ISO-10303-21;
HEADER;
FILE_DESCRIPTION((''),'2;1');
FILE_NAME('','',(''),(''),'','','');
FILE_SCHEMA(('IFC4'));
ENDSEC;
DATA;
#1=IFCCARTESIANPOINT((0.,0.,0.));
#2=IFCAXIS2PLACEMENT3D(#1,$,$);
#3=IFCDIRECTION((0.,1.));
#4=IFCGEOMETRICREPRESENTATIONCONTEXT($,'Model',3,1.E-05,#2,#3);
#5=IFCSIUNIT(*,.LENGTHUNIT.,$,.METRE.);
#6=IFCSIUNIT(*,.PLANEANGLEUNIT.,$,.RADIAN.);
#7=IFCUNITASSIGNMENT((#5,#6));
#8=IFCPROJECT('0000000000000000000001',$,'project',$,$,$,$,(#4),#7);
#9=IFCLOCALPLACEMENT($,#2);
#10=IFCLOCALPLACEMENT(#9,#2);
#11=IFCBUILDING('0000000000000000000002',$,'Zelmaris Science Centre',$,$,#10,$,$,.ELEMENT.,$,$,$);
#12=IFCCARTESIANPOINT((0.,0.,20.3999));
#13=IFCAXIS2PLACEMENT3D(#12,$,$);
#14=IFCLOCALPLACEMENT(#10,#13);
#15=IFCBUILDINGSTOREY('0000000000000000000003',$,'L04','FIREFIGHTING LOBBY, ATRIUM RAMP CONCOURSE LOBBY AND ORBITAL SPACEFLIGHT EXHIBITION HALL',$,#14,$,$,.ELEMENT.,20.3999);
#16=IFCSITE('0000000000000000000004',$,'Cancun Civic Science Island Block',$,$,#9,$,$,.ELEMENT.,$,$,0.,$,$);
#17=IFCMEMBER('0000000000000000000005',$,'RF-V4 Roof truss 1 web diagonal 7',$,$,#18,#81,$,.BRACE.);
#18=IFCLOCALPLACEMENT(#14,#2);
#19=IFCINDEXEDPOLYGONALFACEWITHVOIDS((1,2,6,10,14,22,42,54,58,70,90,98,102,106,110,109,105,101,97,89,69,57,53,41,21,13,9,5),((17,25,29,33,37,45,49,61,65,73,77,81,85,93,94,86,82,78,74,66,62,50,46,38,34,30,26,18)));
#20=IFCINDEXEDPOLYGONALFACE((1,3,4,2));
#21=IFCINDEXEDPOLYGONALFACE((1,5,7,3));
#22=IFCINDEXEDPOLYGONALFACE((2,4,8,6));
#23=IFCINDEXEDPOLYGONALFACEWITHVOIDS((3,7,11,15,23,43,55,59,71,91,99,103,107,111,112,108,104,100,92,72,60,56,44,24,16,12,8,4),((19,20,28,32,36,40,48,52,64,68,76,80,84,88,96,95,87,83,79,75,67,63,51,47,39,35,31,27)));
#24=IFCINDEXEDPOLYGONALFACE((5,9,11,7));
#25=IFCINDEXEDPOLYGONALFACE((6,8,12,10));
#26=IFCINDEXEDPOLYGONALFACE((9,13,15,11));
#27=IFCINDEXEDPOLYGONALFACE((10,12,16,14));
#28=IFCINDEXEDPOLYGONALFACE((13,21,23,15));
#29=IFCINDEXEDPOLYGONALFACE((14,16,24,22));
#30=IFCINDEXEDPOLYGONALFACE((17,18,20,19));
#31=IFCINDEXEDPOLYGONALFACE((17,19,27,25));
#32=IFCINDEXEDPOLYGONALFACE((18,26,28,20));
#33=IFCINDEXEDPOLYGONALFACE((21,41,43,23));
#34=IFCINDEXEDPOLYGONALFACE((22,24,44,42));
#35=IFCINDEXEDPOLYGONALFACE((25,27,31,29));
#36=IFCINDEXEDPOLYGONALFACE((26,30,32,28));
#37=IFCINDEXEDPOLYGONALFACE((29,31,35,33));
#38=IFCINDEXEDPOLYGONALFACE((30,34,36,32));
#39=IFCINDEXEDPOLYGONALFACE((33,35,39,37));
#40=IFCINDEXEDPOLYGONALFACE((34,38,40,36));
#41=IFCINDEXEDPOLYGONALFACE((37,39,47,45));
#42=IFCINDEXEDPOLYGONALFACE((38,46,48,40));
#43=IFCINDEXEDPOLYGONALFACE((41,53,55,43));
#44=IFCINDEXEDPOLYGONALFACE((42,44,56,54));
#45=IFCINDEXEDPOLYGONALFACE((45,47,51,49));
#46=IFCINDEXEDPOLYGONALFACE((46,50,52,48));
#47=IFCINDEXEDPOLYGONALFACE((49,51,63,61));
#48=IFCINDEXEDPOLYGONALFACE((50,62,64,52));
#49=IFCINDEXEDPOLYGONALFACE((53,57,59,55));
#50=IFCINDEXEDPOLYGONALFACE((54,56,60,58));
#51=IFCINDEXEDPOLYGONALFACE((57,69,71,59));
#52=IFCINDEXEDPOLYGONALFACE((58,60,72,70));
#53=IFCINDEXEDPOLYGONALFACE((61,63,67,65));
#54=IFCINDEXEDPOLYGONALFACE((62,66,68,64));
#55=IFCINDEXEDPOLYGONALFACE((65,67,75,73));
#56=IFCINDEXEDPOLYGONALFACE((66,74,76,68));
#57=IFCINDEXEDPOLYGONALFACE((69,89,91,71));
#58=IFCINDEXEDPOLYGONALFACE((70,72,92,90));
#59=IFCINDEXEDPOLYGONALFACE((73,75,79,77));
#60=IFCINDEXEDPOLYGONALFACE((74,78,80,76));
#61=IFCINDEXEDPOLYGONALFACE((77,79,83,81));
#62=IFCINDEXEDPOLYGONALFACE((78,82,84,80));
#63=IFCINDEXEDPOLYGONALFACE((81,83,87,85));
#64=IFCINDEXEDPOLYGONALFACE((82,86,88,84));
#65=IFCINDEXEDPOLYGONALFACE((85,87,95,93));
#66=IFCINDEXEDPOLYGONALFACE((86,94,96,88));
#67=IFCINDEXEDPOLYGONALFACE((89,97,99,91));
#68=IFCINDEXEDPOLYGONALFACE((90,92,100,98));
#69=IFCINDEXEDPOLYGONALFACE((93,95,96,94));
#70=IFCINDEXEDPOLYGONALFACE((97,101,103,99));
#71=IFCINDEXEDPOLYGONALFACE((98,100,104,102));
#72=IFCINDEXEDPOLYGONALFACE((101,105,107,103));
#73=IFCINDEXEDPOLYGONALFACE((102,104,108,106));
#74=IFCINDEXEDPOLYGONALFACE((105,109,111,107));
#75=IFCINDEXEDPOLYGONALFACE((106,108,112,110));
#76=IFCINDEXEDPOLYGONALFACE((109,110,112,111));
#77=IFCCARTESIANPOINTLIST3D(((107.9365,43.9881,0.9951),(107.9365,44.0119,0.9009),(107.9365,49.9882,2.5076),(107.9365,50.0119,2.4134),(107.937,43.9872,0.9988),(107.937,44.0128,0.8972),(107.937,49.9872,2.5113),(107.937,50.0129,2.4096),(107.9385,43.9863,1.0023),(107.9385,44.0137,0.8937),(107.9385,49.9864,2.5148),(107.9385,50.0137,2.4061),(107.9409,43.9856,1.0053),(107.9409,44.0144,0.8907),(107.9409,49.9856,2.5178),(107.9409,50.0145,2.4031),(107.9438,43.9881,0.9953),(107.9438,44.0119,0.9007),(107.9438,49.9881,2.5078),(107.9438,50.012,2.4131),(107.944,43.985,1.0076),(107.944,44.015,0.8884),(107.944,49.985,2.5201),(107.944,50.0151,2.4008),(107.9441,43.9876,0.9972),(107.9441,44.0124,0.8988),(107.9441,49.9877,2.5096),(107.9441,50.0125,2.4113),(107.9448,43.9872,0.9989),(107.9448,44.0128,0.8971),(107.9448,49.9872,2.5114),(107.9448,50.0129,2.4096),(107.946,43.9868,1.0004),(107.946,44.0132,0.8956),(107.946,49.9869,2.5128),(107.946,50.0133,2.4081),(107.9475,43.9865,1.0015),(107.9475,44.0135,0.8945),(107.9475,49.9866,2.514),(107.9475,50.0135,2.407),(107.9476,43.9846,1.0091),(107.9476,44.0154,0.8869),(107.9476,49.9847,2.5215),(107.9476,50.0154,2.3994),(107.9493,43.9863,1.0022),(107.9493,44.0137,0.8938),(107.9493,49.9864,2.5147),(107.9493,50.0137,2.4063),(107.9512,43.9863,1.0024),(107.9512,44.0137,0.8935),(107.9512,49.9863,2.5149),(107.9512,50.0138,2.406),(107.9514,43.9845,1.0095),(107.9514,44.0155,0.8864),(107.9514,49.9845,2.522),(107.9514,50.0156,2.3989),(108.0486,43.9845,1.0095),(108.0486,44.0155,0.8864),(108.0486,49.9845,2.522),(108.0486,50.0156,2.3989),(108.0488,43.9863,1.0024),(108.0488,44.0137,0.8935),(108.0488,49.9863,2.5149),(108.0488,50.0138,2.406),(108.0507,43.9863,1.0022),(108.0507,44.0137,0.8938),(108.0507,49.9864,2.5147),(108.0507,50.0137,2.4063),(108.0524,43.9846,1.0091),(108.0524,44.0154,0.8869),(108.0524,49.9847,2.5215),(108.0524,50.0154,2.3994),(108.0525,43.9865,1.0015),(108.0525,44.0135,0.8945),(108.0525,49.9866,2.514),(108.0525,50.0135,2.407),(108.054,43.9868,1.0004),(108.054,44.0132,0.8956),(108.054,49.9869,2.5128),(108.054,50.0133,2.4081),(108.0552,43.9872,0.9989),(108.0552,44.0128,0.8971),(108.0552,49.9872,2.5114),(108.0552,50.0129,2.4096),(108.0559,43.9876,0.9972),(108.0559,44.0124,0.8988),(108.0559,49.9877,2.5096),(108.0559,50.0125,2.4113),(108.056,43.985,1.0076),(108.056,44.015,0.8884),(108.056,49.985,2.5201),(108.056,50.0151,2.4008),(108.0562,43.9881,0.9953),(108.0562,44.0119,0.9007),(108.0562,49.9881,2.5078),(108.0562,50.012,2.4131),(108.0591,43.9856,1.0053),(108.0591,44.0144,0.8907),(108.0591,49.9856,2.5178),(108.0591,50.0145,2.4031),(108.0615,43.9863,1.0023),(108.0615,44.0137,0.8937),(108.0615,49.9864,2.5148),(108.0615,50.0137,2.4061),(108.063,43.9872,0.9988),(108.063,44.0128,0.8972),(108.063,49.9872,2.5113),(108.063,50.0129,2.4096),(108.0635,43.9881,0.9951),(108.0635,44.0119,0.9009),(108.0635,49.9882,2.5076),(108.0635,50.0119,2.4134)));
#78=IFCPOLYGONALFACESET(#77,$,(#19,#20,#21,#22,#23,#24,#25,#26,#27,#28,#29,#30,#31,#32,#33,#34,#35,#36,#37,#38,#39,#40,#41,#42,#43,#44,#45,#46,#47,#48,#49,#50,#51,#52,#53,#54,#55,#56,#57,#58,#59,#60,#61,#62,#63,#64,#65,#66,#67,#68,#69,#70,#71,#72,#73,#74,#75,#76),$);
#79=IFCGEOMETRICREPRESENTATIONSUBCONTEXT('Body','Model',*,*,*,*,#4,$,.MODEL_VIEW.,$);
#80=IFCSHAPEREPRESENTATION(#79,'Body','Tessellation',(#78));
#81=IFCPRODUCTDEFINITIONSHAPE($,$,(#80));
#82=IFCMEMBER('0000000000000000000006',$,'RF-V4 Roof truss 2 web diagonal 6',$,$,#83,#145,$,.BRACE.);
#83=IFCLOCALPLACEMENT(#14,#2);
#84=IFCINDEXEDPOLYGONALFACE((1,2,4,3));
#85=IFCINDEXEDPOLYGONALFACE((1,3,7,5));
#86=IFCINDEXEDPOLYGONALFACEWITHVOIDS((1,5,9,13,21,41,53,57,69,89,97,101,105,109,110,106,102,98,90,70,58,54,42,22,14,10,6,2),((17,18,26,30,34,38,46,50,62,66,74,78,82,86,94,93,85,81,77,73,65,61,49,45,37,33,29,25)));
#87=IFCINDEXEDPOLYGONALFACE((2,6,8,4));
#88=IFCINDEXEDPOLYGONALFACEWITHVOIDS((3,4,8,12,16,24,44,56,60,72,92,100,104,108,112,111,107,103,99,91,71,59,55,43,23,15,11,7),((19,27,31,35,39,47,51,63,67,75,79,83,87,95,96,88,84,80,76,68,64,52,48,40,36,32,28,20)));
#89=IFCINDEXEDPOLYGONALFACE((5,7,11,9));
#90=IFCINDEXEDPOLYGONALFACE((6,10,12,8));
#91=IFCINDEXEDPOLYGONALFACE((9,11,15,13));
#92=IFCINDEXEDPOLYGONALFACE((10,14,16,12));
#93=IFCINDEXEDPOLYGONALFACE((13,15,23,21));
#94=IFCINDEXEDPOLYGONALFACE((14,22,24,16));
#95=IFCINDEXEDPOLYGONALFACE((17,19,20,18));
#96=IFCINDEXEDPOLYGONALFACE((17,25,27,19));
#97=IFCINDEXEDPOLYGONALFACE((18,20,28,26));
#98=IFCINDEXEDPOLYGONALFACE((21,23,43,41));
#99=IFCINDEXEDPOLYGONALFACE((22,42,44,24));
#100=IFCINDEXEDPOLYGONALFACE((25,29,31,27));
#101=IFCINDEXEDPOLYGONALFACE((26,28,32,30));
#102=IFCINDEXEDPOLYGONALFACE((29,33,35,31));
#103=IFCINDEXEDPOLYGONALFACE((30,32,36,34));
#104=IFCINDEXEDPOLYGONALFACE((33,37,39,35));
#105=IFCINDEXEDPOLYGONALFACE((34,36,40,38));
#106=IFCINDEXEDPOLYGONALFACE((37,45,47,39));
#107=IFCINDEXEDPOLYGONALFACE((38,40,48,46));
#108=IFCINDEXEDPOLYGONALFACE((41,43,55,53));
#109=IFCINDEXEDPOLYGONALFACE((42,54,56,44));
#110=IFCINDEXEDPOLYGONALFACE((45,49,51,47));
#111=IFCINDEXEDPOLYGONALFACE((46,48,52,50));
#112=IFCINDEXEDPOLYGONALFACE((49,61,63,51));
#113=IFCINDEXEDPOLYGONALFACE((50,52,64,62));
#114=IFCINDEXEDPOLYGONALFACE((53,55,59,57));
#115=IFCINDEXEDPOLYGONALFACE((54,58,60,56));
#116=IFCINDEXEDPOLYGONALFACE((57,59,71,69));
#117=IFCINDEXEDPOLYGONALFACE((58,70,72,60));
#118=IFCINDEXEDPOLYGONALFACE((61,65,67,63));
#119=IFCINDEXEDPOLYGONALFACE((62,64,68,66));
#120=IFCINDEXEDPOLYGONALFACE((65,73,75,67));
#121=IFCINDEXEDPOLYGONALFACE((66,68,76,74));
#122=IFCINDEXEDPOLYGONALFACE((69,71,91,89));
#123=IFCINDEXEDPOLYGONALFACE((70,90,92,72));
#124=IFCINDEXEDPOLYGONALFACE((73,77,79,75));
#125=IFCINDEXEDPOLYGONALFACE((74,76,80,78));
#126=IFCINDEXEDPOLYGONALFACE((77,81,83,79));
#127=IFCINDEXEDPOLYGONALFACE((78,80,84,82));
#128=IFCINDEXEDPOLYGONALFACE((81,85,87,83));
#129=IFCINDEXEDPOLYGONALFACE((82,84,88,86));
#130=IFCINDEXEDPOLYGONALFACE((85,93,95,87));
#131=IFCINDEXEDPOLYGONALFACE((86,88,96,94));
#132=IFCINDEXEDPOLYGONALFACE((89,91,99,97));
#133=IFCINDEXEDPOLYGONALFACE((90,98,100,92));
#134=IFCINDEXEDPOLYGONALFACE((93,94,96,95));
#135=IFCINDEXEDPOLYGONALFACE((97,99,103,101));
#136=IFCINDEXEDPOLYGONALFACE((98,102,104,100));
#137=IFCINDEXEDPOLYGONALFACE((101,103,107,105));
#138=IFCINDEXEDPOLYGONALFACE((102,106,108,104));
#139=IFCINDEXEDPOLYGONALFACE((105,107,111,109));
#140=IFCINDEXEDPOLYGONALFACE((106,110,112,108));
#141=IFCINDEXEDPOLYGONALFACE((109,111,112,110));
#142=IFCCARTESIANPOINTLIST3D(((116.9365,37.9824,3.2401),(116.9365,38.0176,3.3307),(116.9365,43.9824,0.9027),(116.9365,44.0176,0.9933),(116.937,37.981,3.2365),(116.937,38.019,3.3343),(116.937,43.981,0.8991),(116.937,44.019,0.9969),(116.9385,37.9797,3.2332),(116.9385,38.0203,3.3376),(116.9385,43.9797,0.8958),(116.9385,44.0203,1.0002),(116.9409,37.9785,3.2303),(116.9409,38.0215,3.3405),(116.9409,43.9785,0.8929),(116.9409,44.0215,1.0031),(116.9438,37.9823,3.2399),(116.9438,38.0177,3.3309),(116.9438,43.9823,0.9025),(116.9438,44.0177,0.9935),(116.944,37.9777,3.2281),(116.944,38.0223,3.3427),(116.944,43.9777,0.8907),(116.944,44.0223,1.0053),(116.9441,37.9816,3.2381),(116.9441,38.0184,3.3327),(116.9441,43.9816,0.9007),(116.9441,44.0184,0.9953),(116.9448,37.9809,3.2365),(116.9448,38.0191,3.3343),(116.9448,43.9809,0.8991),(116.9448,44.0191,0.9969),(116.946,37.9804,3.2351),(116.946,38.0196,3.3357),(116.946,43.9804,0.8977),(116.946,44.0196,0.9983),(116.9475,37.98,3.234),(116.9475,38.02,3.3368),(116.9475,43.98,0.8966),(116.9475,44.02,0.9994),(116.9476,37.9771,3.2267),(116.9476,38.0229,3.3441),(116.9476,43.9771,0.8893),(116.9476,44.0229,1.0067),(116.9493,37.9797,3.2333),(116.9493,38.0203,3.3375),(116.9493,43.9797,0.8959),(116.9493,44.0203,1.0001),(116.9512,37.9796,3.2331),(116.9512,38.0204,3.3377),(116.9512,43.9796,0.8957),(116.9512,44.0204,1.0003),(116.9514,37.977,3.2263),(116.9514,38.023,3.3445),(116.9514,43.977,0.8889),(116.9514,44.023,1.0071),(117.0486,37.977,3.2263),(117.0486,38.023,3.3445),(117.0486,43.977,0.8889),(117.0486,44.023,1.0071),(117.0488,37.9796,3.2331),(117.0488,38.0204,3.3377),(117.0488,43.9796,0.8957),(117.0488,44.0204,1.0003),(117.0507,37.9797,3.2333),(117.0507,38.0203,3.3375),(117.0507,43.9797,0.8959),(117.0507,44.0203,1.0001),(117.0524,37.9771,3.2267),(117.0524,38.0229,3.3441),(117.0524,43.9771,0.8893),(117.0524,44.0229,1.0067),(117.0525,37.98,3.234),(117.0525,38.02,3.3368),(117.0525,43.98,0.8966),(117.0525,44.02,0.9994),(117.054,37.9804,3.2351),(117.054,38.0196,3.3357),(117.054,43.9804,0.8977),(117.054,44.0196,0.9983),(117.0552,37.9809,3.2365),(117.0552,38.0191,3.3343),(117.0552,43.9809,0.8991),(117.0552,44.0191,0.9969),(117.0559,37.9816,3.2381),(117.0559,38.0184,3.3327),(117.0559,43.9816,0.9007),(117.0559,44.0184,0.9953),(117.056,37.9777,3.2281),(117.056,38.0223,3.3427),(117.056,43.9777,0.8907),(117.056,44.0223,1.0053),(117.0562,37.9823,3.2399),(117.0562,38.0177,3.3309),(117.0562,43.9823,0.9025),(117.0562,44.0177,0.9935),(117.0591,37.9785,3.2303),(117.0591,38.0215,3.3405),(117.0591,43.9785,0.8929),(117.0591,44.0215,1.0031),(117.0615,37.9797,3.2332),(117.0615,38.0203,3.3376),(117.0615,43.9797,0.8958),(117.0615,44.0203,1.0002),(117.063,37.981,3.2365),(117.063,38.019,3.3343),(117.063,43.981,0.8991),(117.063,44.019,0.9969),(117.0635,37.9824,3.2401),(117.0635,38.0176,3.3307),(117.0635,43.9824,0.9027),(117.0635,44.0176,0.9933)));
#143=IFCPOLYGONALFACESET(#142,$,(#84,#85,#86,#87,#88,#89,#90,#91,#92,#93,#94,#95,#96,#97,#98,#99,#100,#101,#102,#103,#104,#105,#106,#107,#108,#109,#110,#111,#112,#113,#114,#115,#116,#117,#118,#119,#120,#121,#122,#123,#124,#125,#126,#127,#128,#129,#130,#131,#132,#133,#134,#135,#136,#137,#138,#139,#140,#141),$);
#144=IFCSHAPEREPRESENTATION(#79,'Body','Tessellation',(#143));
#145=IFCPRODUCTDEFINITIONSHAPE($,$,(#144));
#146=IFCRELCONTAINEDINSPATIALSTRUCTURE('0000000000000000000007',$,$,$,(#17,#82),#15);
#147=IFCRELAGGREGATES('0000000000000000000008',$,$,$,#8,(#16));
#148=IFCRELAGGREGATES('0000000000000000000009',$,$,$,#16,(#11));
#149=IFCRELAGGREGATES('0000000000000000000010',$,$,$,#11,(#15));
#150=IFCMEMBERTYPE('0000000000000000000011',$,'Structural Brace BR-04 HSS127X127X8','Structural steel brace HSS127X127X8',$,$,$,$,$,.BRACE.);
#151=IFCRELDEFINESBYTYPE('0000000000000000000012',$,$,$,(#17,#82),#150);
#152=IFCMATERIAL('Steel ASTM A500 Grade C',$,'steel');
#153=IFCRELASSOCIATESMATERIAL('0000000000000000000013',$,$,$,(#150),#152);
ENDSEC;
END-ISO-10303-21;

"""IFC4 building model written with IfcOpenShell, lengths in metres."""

from ifc_helpers import new_model, si_unit, direction, frame, origin, origin_2d, place, context, subcontext, project, spatial, hollow_rectangle, extrude, material, material_profile, profile_set, type_object, element, save


model = new_model("IFC4")

# Units and contexts
model_context = context("Model", 3, precision=1e-05, world=origin(), true_north=direction((0.0, 1.0)))
body_context = subcontext(model_context, "Body", "Model", "MODEL_VIEW")
ifc_project = project(units=[si_unit("LENGTHUNIT", "METRE"), si_unit("PLANEANGLEUNIT", "RADIAN")], contexts=[model_context])

# Site, building, storey
site_placement = place(None, origin())
site = spatial("IfcSite", under=ifc_project, at=site_placement, Name="Cancun Civic Science Island Block", CompositionType="ELEMENT", RefElevation=0.0)
building_placement = place(site_placement, origin())
building = spatial("IfcBuilding", under=site, at=building_placement, Name="Zelmaris Science Centre", CompositionType="ELEMENT")
storey_placement = place(building_placement, frame((0.0, 0.0, 20.3999)))
storey = spatial("IfcBuildingStorey", under=building, at=storey_placement, Name="L04", Description="FIREFIGHTING LOBBY, ATRIUM RAMP CONCOURSE LOBBY AND ORBITAL SPACEFLIGHT EXHIBITION HALL", CompositionType="ELEMENT", Elevation=20.3999)

# Members
ifc_material = material(Name="Steel ASTM A500 Grade C", Category="steel")
ifc_material_profile_1 = material_profile(ifc_material, hollow_rectangle(XDim=0.127, YDim=0.127, WallThickness=0.0073, InnerFilletRadius=0.0073, OuterFilletRadius=0.0149, at=origin_2d()), Name="HSS127X127X8")
ifc_profile_set_1 = profile_set([ifc_material_profile_1], Name="Steel ASTM A500 Grade C")
member_type_1 = type_object("IfcMemberType", Name="Structural Brace BR-04 HSS127X127X8", Description="Structural steel brace HSS127X127X8", PredefinedType="BRACE", material=ifc_profile_set_1)
member_1_placement = place(storey_placement, frame((108.0, 44.0, 0.948), z_axis=(0.0, 0.969667, 0.244429), x_axis=(-1.0, 0.0, 0.0)))
element("IfcMember", 1, at=member_1_placement, inside=storey, type_object=member_type_1, Name="RF-V4 Roof truss 1 web diagonal 7", PredefinedType="BRACE", context=body_context, shape_type="SweptSolid", body=[
    extrude(hollow_rectangle(XDim=0.127, YDim=0.127, WallThickness=0.0073, InnerFilletRadius=0.0073, OuterFilletRadius=0.0149, at=origin_2d()), origin(), (0.0, 0.0, 1.0), 6.1877),
])
member_2_placement = place(storey_placement, frame((117.0, 38.0, 3.2854), z_axis=(0.0, 0.931791, -0.362995), x_axis=(-1.0, 0.0, 0.0)))
element("IfcMember", 2, at=member_2_placement, inside=storey, type_object=member_type_1, Name="RF-V4 Roof truss 2 web diagonal 6", PredefinedType="BRACE", context=body_context, shape_type="SweptSolid", body=[
    extrude(hollow_rectangle(XDim=0.127, YDim=0.127, WallThickness=0.0073, InnerFilletRadius=0.0073, OuterFilletRadius=0.0149, at=origin_2d()), origin(), (0.0, 0.0, 1.0), 6.4392),
])

save(model, "model.ifc")
